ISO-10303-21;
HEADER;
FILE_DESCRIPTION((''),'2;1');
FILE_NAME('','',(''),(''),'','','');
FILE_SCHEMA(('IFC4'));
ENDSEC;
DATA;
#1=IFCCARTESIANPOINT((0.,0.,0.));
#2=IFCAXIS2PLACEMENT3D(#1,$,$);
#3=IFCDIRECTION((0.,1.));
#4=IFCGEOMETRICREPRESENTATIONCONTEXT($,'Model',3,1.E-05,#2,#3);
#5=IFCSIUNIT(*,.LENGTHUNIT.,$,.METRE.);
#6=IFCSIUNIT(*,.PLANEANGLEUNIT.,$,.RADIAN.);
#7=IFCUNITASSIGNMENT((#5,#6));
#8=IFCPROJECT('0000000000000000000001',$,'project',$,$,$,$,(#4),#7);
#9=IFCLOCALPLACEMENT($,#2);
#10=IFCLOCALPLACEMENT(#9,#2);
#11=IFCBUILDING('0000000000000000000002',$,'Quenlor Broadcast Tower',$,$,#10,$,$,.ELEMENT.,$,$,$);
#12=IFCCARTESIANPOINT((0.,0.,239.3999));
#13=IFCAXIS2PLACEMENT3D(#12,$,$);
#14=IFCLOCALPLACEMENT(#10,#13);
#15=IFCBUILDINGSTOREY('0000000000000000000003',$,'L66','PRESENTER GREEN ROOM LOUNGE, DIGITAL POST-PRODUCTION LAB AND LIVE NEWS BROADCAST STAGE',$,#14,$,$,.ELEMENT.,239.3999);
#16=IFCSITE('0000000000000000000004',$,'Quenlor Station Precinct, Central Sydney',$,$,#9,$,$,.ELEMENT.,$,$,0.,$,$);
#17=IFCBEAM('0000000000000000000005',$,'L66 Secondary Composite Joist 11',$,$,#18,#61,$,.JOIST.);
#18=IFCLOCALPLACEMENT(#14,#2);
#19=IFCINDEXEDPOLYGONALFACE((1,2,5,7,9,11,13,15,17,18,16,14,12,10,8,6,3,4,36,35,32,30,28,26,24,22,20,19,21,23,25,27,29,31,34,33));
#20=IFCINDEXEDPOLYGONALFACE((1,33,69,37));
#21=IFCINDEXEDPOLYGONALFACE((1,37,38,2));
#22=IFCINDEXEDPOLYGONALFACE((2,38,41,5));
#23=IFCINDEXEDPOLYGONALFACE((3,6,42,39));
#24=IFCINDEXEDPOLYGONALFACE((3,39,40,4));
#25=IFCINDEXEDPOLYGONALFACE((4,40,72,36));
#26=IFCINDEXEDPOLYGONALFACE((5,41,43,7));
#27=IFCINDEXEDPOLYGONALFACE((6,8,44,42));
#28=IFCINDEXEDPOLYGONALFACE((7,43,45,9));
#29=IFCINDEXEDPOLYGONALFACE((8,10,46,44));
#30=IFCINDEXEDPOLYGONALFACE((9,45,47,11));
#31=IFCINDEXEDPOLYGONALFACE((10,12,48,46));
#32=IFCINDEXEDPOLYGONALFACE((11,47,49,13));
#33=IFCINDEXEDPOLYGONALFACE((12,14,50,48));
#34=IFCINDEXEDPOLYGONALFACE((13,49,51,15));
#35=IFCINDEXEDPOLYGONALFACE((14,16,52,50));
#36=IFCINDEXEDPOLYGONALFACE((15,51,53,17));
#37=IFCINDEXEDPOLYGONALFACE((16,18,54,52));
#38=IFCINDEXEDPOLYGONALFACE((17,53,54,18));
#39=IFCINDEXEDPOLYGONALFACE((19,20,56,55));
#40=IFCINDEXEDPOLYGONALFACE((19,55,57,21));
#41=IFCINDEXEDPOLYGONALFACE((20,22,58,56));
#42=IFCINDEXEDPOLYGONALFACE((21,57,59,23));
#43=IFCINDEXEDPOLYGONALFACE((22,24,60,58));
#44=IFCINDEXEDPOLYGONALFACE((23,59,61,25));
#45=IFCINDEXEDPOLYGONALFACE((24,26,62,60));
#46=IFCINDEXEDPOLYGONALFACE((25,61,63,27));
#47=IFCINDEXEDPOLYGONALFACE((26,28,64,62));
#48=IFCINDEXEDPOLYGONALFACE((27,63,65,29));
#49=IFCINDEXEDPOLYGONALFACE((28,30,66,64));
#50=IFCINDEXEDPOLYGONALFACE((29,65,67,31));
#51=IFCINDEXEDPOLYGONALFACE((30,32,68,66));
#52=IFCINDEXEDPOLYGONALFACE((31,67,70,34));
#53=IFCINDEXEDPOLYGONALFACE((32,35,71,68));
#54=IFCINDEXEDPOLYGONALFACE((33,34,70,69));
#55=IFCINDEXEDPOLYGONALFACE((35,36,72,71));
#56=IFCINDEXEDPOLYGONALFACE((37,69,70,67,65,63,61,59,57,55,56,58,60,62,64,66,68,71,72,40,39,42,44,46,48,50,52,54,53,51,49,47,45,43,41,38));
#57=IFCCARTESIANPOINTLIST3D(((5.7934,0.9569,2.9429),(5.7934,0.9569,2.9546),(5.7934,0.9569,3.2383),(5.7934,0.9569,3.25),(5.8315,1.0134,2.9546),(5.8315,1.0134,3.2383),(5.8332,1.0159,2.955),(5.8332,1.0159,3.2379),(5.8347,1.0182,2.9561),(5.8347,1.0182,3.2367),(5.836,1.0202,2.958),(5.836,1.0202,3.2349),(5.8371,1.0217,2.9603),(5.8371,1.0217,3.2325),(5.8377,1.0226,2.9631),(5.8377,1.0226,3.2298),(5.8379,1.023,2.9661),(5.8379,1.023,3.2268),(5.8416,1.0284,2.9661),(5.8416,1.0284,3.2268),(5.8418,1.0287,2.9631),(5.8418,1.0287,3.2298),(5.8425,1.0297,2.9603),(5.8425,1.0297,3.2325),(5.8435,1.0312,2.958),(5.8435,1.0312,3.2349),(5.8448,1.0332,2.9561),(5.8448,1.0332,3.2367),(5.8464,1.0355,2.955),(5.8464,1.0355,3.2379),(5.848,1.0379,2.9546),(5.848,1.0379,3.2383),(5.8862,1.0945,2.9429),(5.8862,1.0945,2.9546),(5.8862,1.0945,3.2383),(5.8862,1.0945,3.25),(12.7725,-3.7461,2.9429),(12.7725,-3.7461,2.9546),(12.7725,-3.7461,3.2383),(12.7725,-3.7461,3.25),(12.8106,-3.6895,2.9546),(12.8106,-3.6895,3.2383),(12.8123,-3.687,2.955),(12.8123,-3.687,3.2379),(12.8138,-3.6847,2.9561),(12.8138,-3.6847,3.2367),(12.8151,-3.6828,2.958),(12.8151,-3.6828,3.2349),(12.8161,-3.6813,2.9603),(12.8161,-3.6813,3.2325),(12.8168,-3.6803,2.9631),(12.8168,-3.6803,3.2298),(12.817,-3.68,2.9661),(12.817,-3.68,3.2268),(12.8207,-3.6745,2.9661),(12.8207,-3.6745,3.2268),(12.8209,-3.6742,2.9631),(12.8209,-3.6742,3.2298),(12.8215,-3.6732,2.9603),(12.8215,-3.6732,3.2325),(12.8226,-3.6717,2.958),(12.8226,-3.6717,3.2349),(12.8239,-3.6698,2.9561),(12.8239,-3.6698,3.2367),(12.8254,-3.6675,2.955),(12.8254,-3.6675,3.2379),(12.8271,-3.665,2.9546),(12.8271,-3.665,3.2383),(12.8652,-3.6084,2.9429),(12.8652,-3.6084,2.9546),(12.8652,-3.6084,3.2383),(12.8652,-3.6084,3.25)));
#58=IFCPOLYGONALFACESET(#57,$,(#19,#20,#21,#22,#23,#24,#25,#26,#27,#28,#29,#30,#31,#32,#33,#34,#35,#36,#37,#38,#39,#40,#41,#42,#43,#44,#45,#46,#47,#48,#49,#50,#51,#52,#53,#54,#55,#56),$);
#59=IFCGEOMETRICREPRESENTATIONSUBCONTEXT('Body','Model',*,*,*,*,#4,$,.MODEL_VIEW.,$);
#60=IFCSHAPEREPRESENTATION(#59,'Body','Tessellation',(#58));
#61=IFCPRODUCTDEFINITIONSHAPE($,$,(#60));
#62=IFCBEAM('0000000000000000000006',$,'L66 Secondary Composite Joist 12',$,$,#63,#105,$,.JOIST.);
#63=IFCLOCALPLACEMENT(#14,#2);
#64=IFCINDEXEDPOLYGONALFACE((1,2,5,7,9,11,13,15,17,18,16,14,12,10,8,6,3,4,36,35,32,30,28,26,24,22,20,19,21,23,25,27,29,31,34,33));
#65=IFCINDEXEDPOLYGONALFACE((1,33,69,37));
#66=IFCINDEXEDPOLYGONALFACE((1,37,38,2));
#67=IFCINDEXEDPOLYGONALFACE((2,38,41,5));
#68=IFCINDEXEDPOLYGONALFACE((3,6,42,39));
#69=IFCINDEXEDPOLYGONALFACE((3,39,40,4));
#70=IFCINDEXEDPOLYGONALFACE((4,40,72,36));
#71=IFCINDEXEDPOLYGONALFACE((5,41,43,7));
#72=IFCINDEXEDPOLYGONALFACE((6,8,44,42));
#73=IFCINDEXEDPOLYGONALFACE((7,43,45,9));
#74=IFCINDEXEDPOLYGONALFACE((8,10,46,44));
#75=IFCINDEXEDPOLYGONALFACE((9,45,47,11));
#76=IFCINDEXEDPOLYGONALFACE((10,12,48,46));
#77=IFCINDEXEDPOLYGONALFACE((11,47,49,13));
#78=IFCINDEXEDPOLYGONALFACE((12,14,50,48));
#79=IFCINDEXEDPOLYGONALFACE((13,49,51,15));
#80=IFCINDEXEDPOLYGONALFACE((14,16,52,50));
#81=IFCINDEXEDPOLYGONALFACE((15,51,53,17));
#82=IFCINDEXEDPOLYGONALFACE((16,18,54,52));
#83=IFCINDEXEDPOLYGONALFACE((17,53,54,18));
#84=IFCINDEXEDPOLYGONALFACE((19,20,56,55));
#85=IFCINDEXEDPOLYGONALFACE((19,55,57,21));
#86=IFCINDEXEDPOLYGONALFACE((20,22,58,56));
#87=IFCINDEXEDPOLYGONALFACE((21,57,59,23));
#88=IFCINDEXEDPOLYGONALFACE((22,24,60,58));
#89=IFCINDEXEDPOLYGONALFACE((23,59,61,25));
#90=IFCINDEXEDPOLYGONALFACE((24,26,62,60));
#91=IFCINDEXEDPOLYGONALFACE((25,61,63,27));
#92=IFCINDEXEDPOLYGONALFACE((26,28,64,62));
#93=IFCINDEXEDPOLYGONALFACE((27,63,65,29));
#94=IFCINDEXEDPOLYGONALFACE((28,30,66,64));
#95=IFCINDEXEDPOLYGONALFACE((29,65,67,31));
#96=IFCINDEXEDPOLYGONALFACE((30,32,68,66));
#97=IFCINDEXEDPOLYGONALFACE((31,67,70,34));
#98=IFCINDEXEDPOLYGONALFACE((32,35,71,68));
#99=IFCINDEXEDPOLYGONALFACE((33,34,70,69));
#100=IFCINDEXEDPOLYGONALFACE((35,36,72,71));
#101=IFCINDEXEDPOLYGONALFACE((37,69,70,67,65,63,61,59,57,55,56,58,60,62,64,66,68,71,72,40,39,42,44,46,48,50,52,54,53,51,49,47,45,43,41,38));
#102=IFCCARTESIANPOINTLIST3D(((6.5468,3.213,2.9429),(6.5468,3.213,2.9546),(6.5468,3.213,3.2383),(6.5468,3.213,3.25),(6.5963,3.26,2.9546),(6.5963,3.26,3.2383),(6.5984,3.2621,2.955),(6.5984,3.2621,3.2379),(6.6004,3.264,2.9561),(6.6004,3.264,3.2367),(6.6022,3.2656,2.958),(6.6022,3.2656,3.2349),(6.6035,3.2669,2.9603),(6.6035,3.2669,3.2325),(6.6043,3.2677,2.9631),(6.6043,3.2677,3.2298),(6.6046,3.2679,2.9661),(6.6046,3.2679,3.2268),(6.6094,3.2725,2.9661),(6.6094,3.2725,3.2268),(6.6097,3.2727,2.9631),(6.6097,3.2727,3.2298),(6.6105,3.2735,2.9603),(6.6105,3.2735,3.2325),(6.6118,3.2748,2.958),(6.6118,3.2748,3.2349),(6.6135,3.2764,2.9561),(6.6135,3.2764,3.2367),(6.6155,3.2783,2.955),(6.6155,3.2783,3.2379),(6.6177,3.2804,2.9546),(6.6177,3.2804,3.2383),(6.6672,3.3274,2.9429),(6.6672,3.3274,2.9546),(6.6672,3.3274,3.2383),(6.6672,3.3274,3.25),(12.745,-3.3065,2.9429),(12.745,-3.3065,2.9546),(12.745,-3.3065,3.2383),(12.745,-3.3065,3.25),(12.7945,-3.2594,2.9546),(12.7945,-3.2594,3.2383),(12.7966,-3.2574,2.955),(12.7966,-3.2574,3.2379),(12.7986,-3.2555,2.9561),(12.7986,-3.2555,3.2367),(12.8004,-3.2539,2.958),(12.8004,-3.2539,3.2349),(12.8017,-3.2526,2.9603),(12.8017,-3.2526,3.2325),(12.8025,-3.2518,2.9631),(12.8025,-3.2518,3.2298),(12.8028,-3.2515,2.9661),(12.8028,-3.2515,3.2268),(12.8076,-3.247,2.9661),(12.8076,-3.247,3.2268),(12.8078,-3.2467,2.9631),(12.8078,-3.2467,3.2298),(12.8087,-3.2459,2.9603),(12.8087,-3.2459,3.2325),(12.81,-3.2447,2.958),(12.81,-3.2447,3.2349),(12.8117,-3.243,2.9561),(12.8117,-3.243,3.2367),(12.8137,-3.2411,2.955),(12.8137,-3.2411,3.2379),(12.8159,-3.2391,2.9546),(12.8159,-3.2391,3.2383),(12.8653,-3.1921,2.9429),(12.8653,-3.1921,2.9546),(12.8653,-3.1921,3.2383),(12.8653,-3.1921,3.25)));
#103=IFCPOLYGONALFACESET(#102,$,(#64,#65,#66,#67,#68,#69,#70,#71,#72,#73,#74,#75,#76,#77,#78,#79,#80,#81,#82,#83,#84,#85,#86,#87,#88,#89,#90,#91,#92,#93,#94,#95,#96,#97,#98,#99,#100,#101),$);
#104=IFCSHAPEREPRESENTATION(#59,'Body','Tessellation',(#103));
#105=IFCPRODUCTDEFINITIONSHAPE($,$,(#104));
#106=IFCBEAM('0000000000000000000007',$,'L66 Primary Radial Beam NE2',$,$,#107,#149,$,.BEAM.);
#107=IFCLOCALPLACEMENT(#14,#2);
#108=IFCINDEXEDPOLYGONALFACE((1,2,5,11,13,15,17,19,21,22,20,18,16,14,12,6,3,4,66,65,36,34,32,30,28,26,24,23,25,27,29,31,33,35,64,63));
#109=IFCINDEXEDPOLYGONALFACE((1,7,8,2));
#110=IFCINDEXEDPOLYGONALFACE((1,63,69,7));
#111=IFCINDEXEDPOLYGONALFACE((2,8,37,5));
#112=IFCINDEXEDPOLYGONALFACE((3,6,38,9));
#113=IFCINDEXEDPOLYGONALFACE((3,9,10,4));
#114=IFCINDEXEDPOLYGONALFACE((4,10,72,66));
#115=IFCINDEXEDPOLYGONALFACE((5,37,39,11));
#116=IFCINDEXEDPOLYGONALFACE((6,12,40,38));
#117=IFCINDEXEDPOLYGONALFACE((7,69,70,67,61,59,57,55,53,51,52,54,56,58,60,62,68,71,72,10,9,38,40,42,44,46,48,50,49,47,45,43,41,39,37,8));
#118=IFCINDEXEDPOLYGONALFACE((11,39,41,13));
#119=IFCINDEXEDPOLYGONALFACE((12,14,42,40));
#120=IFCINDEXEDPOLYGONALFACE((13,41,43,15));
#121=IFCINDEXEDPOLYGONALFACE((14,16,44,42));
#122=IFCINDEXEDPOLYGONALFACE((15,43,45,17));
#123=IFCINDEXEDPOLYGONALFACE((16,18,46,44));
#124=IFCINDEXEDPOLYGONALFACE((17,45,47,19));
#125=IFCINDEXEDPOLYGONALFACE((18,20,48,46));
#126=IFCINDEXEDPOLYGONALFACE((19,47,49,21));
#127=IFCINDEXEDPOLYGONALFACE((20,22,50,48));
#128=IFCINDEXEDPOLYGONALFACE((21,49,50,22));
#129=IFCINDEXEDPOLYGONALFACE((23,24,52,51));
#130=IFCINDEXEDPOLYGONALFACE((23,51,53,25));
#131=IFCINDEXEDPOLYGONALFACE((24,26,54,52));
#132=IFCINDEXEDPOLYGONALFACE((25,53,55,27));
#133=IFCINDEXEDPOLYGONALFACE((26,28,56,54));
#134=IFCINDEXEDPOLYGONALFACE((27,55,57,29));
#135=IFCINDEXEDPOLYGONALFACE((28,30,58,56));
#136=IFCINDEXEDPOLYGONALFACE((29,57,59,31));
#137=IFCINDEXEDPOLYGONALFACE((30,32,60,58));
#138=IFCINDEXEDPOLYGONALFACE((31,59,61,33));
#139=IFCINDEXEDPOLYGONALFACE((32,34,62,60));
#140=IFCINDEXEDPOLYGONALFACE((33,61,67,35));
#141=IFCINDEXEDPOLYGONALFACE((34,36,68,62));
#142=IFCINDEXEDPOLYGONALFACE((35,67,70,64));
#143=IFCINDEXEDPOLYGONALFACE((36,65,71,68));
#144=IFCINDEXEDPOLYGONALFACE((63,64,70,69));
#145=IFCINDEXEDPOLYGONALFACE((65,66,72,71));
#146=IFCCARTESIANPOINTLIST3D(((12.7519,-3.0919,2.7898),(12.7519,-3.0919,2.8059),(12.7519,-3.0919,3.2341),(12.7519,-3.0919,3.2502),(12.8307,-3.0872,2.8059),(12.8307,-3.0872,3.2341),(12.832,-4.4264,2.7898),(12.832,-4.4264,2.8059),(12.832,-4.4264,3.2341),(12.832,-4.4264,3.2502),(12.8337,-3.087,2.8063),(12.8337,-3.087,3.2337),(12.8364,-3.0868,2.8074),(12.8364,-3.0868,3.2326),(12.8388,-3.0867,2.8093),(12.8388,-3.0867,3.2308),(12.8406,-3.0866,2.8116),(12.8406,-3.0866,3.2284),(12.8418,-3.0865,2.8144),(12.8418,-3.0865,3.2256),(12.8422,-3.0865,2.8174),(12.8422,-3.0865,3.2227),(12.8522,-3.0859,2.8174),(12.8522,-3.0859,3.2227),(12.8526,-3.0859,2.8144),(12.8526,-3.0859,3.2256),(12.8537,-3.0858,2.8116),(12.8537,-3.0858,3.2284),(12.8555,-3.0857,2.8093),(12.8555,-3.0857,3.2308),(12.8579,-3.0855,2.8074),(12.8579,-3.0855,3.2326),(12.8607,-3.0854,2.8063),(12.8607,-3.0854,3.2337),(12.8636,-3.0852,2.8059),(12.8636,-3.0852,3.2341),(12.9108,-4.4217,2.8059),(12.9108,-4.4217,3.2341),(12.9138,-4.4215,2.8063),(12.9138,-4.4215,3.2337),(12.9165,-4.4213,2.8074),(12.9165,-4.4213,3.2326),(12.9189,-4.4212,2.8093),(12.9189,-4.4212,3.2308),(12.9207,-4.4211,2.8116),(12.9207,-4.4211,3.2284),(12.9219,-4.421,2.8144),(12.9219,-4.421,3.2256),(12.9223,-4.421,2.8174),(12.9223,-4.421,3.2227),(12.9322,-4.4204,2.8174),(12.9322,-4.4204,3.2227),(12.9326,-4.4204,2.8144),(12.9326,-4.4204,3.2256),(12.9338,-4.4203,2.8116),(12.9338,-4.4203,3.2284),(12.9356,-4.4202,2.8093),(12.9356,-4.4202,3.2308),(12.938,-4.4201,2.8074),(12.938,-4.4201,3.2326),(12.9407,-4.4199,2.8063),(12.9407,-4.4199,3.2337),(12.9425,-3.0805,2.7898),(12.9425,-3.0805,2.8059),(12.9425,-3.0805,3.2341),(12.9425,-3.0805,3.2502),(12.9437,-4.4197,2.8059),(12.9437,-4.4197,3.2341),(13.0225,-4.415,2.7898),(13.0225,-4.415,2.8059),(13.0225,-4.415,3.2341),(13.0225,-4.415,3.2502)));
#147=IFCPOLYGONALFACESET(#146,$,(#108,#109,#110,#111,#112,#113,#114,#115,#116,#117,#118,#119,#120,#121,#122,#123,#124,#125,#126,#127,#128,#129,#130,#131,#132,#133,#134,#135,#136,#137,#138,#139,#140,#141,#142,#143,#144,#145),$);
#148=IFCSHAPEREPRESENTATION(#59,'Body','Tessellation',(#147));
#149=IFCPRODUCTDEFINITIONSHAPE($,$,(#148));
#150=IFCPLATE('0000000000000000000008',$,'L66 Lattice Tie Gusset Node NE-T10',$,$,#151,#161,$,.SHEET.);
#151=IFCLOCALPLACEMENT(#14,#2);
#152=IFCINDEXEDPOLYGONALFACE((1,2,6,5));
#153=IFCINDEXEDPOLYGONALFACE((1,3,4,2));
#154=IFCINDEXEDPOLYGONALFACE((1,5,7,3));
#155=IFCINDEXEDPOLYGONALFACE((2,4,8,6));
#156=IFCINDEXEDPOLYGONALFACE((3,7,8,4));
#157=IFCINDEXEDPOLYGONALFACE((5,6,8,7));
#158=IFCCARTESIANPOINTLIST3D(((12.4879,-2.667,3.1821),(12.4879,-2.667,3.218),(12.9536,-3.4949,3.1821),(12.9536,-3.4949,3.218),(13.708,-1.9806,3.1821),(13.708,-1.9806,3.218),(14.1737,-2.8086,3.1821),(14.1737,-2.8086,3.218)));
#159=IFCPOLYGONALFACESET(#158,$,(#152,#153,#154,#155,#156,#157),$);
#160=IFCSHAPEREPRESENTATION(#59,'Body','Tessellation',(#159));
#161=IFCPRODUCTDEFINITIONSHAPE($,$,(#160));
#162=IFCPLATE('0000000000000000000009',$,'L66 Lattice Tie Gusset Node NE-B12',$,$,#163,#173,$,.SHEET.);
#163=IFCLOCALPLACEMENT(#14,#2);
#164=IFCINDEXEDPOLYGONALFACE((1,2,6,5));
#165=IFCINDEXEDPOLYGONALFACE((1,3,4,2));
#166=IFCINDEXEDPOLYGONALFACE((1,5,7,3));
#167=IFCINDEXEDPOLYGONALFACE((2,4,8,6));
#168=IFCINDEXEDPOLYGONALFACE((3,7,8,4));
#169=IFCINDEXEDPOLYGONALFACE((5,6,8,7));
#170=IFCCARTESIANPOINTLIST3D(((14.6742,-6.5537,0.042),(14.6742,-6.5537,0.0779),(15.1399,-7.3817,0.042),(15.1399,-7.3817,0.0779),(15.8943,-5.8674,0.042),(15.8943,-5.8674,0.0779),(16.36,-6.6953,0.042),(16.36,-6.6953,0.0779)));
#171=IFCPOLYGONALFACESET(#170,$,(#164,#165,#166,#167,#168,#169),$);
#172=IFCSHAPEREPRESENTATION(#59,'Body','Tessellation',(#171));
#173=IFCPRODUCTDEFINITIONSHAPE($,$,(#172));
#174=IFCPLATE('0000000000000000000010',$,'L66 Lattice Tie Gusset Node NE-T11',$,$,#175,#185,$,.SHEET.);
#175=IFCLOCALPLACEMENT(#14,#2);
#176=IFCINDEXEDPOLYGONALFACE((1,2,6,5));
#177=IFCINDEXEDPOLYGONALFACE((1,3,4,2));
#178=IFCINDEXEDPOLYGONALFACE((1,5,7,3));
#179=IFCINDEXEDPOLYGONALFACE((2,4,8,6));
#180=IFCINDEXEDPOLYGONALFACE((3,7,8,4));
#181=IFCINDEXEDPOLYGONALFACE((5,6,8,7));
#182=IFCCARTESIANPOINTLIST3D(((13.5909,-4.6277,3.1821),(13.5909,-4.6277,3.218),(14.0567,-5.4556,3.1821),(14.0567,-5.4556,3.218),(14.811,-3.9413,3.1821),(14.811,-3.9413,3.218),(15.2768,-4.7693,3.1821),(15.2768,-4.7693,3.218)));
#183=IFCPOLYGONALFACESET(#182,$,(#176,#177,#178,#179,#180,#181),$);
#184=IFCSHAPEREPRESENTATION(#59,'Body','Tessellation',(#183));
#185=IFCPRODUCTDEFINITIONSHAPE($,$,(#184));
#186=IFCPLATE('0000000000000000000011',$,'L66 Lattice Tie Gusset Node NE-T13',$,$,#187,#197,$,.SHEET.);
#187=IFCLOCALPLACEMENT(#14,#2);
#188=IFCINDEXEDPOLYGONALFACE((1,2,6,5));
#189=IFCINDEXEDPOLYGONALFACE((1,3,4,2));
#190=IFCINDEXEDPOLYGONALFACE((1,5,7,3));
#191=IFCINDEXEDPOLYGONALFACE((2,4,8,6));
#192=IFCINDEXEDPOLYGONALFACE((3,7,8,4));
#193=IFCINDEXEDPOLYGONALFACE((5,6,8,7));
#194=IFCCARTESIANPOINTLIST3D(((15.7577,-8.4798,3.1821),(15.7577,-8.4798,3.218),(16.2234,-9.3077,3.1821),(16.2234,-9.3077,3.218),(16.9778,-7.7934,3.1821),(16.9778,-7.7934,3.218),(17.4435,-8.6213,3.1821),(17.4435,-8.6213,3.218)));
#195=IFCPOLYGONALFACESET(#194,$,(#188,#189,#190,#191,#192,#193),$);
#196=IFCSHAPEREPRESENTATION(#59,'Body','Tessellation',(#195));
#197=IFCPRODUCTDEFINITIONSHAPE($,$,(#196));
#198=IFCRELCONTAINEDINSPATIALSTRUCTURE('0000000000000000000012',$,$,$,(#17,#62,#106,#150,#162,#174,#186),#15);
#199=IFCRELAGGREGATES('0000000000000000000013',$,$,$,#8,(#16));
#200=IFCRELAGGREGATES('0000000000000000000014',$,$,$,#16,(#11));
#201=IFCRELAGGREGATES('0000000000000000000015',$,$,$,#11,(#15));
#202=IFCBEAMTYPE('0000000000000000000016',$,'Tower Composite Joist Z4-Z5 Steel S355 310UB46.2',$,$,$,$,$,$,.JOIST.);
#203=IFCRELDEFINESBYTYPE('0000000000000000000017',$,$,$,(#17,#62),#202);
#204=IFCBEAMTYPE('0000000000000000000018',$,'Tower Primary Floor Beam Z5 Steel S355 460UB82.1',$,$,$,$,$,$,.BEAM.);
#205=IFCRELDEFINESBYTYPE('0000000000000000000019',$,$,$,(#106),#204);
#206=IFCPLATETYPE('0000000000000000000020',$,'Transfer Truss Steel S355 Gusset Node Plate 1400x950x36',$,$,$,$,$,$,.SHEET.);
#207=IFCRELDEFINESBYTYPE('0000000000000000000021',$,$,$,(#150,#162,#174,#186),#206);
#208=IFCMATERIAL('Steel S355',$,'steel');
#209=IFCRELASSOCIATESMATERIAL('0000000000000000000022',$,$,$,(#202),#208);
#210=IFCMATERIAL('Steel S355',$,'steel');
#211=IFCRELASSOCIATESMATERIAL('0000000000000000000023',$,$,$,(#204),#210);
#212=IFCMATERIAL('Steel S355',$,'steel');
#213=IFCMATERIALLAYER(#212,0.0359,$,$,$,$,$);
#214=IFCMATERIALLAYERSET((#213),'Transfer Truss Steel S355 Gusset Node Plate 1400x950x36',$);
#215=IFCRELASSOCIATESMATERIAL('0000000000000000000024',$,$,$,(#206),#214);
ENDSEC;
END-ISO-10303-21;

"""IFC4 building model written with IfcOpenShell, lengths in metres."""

from ifc_helpers import new_model, si_unit, direction, frame, origin, origin_2d, place, context, subcontext, project, spatial, rectangle, i_section, extrude, material, layer, layer_set, material_profile, profile_set, type_object, element, save


model = new_model("IFC4")

# Units and contexts
model_context = context("Model", 3, precision=1e-05, world=origin(), true_north=direction((0.0, 1.0)))
body_context = subcontext(model_context, "Body", "Model", "MODEL_VIEW")
ifc_project = project(units=[si_unit("LENGTHUNIT", "METRE"), si_unit("PLANEANGLEUNIT", "RADIAN")], contexts=[model_context])

# Site, building, storey
site_placement = place(None, origin())
site = spatial("IfcSite", under=ifc_project, at=site_placement, Name="Quenlor Station Precinct, Central Sydney", CompositionType="ELEMENT", RefElevation=0.0)
building_placement = place(site_placement, origin())
building = spatial("IfcBuilding", under=site, at=building_placement, Name="Quenlor Broadcast Tower", CompositionType="ELEMENT")
storey_placement = place(building_placement, frame((0.0, 0.0, 239.3999)))
storey = spatial("IfcBuildingStorey", under=building, at=storey_placement, Name="L66", Description="PRESENTER GREEN ROOM LOUNGE, DIGITAL POST-PRODUCTION LAB AND LIVE NEWS BROADCAST STAGE", CompositionType="ELEMENT", Elevation=239.3999)

# Beams
ifc_material_1 = material(Name="Steel S355", Category="steel")
ifc_material_profile_1 = material_profile(ifc_material_1, i_section(OverallWidth=0.166, OverallDepth=0.3071, WebThickness=0.0066, FlangeThickness=0.0117, FilletRadius=0.0115, at=origin_2d()))
ifc_profile_set_1 = profile_set([ifc_material_profile_1], Name="Steel S355 310UB46.2")
beam_type_1 = type_object("IfcBeamType", Name="Tower Composite Joist Z4-Z5 Steel S355 310UB46.2", PredefinedType="JOIST", material=ifc_profile_set_1)
beam_1_placement = place(storey_placement, frame((12.8188, -3.6772, 3.0964), z_axis=(-0.829286, 0.558824, 0.0), x_axis=(-0.558824, -0.829286, 0.0)))
element("IfcBeam", 1, at=beam_1_placement, inside=storey, type_object=beam_type_1, Name="L66 Secondary Composite Joist 11", PredefinedType="JOIST", context=body_context, shape_type="SweptSolid", body=[
    extrude(i_section(OverallWidth=0.166, OverallDepth=0.3071, WebThickness=0.0066, FlangeThickness=0.0117, FilletRadius=0.0115, at=origin_2d()), origin(), (0.0, 0.0, 1.0), 8.4158),
])
beam_2_placement = place(storey_placement, frame((12.8052, -3.2493, 3.0964), z_axis=(-0.689023, 0.724739, 0.0), x_axis=(-0.724739, -0.689023, 0.0)))
element("IfcBeam", 2, at=beam_2_placement, inside=storey, type_object=beam_type_1, Name="L66 Secondary Composite Joist 12", PredefinedType="JOIST", context=body_context, shape_type="SweptSolid", body=[
    extrude(i_section(OverallWidth=0.166, OverallDepth=0.3071, WebThickness=0.0066, FlangeThickness=0.0117, FilletRadius=0.0115, at=origin_2d()), origin(), (0.0, 0.0, 1.0), 8.9956),
])
ifc_material_2 = material(Name="Steel S355", Category="steel")
ifc_material_profile_2 = material_profile(ifc_material_2, i_section(OverallWidth=0.1909, OverallDepth=0.4604, WebThickness=0.01, FlangeThickness=0.0161, FilletRadius=0.0115, at=origin_2d()))
ifc_profile_set_2 = profile_set([ifc_material_profile_2], Name="Steel S355 460UB82.1")
beam_type_2 = type_object("IfcBeamType", Name="Tower Primary Floor Beam Z5 Steel S355 460UB82.1", PredefinedType="BEAM", material=ifc_profile_set_2)
beam_3_placement = place(storey_placement, frame((12.8472, -3.0862, 3.02), z_axis=(0.0599, -0.998204, 0.0), x_axis=(0.998204, 0.0599, 0.0)))
element("IfcBeam", 3, at=beam_3_placement, inside=storey, type_object=beam_type_2, Name="L66 Primary Radial Beam NE2", PredefinedType="BEAM", context=body_context, shape_type="SweptSolid", body=[
    extrude(i_section(OverallWidth=0.1909, OverallDepth=0.4604, WebThickness=0.01, FlangeThickness=0.0161, FilletRadius=0.0115, at=origin_2d()), origin(), (0.0, 0.0, 1.0), 1.3369),
])

# Plates
ifc_material_3 = material(Name="Steel S355", Category="steel")
ifc_layer_1 = layer(ifc_material_3, 0.0359)
ifc_layer_set_1 = layer_set([ifc_layer_1], Name="Transfer Truss Steel S355 Gusset Node Plate 1400x950x36")
plate_type = type_object("IfcPlateType", Name="Transfer Truss Steel S355 Gusset Node Plate 1400x950x36", PredefinedType="SHEET", material=ifc_layer_set_1)
for number, where, z_axis, x_axis, name in (
    (4, (13.3308, -2.7378, 3.1821), (0.0, 0.0, 1.0), (0.871556, 0.490295, 0.0), "L66 Lattice Tie Gusset Node NE-T10"),
    (5, (15.5171, -6.6245, 0.042), (0.0, 0.0, 1.0), (0.871556, 0.490295, 0.0), "L66 Lattice Tie Gusset Node NE-B12"),
    (6, (14.4338, -4.6985, 3.1821), (0.0, 0.0, 1.0), (0.871556, 0.490295, 0.0), "L66 Lattice Tie Gusset Node NE-T11"),
    (7, (16.6006, -8.5505, 3.1821), (0.0, 0.0, 1.0), (0.871556, 0.490295, 0.0), "L66 Lattice Tie Gusset Node NE-T13"),
):
    element("IfcPlate", number, at=place(storey_placement, frame(where, z_axis=z_axis, x_axis=x_axis)), inside=storey, type_object=plate_type, Name=name, PredefinedType="SHEET", context=body_context, shape_type="SweptSolid", body=[
        extrude(rectangle(XDim=1.3999, YDim=0.95, at=origin_2d()), origin(), (0.0, 0.0, 1.0), 0.0359),
    ])

save(model, "model.ifc")
